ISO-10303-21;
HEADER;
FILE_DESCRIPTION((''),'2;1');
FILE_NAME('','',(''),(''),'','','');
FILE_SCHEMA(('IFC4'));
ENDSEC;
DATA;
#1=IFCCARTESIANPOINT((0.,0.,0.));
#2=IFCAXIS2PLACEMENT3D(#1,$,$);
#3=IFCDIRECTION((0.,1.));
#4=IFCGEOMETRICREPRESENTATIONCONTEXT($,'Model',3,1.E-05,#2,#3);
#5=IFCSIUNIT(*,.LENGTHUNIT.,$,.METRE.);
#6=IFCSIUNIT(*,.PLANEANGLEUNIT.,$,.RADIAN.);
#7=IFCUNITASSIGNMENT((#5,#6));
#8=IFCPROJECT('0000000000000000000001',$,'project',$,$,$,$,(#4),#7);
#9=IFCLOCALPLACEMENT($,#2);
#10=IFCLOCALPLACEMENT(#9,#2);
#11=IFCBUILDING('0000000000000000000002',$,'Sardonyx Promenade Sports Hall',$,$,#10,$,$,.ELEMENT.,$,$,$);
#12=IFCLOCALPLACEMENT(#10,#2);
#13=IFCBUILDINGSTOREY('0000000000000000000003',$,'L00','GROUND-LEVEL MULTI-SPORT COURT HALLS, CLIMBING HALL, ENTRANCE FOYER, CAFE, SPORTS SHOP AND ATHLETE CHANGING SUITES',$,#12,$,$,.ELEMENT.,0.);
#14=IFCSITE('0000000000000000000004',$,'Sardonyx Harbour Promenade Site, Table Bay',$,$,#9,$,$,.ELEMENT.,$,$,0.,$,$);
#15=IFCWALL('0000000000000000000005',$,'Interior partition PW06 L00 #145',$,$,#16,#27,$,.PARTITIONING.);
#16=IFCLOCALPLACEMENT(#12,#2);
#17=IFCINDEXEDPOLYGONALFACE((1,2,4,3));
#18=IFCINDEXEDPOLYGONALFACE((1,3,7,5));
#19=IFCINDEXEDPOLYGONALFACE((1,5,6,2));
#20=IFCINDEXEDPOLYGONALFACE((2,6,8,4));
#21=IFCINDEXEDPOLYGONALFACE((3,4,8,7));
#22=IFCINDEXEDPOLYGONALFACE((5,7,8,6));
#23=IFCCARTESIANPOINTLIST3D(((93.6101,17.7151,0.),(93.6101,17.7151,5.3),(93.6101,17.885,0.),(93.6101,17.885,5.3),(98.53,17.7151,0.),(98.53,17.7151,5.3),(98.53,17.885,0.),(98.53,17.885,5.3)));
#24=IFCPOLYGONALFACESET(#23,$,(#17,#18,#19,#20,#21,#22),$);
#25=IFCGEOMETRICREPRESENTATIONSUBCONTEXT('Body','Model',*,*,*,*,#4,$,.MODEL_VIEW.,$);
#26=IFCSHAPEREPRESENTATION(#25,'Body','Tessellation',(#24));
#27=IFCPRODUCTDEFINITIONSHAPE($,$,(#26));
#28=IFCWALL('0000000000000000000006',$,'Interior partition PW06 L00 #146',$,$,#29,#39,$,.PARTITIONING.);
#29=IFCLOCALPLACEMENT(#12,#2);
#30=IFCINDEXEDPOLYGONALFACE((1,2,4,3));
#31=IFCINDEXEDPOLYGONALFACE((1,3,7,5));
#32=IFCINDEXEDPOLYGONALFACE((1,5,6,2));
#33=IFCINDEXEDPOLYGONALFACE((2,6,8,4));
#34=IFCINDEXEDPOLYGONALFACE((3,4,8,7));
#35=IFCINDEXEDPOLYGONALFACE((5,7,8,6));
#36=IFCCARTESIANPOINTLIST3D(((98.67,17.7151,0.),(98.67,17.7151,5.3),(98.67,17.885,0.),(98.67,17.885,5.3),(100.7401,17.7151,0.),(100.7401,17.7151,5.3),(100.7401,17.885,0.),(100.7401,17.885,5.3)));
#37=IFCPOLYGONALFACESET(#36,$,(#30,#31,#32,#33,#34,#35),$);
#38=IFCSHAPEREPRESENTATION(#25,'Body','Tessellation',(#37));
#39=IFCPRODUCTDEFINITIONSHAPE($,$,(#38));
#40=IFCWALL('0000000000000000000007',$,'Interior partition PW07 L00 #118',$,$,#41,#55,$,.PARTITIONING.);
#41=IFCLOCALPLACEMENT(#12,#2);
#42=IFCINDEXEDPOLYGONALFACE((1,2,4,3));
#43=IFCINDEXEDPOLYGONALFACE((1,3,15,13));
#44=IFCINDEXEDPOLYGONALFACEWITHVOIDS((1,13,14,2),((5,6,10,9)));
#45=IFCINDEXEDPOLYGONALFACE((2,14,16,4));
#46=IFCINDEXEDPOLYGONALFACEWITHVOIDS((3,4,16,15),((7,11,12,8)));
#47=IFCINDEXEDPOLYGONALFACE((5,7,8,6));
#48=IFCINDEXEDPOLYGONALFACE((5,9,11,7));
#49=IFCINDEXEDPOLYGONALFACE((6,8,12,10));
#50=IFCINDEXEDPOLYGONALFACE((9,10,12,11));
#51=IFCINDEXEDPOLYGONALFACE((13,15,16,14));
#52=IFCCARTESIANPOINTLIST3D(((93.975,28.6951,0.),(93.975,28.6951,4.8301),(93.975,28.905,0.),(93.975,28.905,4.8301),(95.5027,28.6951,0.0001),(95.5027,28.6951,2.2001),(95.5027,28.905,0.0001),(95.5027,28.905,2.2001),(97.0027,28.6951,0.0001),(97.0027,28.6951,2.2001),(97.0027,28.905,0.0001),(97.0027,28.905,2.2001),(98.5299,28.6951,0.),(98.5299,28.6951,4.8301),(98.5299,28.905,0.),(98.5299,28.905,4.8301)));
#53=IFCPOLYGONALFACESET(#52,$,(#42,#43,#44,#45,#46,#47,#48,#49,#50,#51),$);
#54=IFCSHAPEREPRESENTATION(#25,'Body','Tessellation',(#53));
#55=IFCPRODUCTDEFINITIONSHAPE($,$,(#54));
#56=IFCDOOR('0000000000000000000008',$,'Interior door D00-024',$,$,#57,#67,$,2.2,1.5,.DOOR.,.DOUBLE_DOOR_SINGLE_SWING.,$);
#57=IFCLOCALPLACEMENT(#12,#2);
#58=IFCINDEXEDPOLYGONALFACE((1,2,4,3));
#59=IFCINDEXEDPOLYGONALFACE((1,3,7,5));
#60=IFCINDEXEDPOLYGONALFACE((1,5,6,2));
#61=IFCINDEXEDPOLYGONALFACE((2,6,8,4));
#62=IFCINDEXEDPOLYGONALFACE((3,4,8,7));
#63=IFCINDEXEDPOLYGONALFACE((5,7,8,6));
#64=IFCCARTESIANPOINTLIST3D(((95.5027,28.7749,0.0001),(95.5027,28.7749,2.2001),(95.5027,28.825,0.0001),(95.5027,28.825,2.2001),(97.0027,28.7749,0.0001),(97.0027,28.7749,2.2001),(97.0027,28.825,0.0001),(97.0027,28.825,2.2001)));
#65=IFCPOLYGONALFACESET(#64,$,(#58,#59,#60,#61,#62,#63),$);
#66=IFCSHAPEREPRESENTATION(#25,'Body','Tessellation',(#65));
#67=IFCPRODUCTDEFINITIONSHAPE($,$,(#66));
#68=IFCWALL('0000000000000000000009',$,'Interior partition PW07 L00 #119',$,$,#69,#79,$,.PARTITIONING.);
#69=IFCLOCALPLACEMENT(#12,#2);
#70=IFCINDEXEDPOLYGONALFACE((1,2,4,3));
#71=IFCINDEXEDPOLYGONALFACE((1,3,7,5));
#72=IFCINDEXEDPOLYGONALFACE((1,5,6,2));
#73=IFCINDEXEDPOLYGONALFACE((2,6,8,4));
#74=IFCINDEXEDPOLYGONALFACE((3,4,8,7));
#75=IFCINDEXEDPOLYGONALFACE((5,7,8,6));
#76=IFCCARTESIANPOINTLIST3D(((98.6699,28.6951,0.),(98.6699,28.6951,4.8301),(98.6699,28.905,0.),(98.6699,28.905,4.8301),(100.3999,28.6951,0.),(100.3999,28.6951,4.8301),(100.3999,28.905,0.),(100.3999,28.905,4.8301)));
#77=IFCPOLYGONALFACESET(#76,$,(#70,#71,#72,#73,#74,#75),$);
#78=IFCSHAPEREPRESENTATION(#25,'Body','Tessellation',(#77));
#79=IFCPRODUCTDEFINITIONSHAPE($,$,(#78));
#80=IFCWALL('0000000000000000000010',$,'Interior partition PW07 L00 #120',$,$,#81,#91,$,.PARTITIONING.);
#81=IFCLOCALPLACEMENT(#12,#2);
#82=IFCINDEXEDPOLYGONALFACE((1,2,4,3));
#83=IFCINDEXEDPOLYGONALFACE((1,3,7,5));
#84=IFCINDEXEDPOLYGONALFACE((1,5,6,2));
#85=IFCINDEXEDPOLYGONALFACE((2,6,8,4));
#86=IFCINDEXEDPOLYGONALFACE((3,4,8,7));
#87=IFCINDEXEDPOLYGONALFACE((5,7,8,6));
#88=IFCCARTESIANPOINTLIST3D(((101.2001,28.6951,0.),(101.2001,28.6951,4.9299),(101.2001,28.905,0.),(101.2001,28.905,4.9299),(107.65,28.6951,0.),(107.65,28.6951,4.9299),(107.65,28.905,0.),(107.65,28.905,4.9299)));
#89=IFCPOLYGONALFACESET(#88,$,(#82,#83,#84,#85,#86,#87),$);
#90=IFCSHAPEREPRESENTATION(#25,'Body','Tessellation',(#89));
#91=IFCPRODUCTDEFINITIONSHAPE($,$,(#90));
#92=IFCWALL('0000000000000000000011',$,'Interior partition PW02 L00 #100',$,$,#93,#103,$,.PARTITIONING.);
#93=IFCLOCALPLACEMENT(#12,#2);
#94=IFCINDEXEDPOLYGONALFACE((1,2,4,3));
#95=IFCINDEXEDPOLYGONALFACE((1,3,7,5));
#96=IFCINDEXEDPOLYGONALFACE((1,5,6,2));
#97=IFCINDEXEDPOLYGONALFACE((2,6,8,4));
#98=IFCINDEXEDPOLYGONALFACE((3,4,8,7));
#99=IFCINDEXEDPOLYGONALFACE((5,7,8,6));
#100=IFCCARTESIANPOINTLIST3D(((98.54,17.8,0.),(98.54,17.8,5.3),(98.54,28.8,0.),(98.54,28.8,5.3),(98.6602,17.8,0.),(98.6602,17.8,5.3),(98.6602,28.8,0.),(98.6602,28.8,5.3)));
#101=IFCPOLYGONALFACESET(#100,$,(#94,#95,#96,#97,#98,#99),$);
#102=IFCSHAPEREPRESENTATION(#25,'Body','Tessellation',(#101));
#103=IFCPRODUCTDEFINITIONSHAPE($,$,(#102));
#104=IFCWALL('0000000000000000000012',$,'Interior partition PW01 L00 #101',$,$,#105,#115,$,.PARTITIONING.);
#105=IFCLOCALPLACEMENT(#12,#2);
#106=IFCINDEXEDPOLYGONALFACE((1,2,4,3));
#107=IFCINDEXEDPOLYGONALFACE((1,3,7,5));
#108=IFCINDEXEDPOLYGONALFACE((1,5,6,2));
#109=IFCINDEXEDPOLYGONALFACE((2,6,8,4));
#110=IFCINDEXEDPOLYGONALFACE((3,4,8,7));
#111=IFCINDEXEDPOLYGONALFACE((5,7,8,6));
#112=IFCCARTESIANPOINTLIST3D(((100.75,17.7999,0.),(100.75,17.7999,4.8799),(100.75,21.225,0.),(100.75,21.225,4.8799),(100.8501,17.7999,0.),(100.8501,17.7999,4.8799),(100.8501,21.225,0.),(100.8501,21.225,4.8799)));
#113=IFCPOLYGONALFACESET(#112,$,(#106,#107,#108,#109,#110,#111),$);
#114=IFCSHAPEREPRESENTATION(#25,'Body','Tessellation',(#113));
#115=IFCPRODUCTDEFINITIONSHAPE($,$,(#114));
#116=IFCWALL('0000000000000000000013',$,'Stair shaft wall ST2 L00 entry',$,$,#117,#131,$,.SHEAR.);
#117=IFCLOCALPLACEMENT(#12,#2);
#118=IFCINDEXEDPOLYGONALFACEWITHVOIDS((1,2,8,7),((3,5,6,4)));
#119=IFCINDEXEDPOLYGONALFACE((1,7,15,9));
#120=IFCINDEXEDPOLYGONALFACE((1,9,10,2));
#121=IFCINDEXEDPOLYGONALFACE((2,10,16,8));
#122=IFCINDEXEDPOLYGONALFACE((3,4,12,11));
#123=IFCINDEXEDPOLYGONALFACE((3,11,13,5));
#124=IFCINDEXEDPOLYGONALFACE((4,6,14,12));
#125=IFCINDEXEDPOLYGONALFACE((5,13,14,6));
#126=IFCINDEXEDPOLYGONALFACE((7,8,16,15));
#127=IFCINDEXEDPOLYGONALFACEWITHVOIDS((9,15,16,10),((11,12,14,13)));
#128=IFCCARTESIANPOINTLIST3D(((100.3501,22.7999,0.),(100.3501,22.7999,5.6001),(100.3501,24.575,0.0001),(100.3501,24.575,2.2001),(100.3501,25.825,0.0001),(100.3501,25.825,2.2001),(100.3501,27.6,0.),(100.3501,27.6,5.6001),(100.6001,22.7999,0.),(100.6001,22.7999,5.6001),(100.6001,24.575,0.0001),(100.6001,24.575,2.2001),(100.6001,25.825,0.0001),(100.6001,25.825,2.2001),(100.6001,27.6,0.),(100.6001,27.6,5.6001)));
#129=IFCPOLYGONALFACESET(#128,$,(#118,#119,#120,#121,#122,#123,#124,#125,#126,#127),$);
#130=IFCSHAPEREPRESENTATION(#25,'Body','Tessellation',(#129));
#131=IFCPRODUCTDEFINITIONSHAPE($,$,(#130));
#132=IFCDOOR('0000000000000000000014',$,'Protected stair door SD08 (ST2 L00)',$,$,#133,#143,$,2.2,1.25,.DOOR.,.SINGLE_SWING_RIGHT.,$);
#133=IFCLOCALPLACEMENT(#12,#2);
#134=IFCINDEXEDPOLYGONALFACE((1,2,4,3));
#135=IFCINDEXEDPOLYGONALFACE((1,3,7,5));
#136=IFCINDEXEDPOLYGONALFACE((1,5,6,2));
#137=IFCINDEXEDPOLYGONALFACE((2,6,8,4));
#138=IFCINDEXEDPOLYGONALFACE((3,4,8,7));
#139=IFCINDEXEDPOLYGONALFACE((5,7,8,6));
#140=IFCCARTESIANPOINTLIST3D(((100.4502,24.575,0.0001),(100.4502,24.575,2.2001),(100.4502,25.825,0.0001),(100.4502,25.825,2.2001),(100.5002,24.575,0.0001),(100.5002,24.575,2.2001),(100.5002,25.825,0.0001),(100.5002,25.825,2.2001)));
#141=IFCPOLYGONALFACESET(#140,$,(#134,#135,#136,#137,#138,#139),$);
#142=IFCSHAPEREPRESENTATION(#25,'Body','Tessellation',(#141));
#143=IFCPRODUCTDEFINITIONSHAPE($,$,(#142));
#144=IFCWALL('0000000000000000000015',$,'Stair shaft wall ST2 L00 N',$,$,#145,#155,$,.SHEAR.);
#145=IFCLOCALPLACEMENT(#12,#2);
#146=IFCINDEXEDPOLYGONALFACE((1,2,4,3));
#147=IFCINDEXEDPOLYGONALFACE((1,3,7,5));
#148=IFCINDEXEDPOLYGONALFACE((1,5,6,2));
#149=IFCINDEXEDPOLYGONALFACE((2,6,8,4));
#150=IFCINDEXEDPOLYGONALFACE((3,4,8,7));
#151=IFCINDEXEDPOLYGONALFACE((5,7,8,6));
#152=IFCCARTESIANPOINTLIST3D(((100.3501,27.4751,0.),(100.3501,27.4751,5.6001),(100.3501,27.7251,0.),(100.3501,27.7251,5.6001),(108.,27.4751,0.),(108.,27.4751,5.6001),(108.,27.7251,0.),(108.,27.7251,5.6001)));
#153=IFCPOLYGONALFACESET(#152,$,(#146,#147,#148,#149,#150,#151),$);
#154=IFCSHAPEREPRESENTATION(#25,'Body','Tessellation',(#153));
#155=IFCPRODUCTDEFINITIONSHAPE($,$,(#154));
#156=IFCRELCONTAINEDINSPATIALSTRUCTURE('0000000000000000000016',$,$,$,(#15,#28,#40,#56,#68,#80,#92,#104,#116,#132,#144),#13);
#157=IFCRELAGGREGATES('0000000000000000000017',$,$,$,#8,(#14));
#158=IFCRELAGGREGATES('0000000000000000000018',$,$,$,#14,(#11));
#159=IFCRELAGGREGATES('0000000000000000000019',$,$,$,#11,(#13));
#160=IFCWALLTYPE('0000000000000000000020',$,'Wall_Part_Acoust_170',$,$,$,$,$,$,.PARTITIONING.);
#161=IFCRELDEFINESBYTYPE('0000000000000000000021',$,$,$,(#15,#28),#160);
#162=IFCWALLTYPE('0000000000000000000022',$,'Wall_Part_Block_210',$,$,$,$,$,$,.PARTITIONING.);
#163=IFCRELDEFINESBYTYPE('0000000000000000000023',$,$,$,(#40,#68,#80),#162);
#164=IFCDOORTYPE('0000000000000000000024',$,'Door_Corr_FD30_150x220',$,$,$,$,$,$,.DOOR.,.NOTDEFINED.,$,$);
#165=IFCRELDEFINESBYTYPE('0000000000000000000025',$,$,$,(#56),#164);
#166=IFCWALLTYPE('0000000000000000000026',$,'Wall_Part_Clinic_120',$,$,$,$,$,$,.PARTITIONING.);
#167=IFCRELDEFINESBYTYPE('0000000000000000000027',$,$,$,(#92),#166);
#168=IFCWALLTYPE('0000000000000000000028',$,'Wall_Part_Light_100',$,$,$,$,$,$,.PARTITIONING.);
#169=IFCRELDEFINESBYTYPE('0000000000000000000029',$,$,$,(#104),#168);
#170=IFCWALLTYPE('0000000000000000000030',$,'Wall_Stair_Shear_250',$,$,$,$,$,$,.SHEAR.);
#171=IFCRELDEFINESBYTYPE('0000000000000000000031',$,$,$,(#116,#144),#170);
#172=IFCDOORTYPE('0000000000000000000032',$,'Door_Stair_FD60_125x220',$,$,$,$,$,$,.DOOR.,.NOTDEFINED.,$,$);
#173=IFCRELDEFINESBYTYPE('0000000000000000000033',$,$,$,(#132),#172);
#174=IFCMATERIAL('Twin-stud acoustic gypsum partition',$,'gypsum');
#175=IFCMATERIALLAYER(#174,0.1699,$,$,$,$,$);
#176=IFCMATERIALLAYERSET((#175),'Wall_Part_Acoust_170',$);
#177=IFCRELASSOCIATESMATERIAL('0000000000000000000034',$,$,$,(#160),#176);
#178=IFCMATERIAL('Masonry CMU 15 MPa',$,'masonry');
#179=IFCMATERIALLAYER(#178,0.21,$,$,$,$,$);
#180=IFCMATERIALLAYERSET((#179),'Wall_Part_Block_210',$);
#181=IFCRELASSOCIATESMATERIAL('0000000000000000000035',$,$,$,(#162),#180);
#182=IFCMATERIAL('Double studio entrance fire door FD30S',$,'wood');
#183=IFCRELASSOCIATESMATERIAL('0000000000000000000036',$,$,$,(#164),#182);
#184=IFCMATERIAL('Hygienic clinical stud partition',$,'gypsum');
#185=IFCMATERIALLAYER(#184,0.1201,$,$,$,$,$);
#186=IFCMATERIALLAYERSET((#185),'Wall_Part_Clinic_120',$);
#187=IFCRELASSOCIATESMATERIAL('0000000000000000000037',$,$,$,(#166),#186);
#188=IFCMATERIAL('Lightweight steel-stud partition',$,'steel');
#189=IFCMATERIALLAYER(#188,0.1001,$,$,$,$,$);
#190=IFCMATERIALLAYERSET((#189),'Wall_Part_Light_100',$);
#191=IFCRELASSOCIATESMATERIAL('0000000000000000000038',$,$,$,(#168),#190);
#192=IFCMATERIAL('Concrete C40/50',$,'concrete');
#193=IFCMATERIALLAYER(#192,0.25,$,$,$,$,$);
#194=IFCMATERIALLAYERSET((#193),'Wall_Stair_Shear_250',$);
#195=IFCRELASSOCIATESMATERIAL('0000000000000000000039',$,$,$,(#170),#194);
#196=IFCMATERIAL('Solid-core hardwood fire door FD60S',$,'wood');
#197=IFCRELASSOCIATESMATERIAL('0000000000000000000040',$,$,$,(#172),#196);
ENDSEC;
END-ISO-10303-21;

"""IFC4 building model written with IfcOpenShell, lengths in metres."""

from ifc_helpers import new_model, si_unit, direction, frame, frame_2d, origin, place, context, subcontext, project, spatial, rectangle, extrude, material, layer, layer_set, type_object, element, fill, save


model = new_model("IFC4")

# Units and contexts
model_context = context("Model", 3, precision=1e-05, world=origin(), true_north=direction((0.0, 1.0)))
body_context = subcontext(model_context, "Body", "Model", "MODEL_VIEW")
ifc_project = project(units=[si_unit("LENGTHUNIT", "METRE"), si_unit("PLANEANGLEUNIT", "RADIAN")], contexts=[model_context])

# Site, building, storey
site_placement = place(None, origin())
site = spatial("IfcSite", under=ifc_project, at=site_placement, Name="Sardonyx Harbour Promenade Site, Table Bay", CompositionType="ELEMENT", RefElevation=0.0)
building_placement = place(site_placement, origin())
building = spatial("IfcBuilding", under=site, at=building_placement, Name="Sardonyx Promenade Sports Hall", CompositionType="ELEMENT")
storey_placement = place(building_placement, origin())
storey = spatial("IfcBuildingStorey", under=building, at=storey_placement, Name="L00", Description="GROUND-LEVEL MULTI-SPORT COURT HALLS, CLIMBING HALL, ENTRANCE FOYER, CAFE, SPORTS SHOP AND ATHLETE CHANGING SUITES", CompositionType="ELEMENT", Elevation=0.0)

# Walls
ifc_material_1 = material(Name="Twin-stud acoustic gypsum partition", Category="gypsum")
ifc_layer_1 = layer(ifc_material_1, 0.1699)
ifc_layer_set_1 = layer_set([ifc_layer_1], Name="Wall_Part_Acoust_170")
wall_type_1 = type_object("IfcWallType", Name="Wall_Part_Acoust_170", PredefinedType="PARTITIONING", material=ifc_layer_set_1)
wall_1_placement = place(storey_placement, frame((93.6101, 17.8, 0.0), z_axis=(0.0, 0.0, 1.0), x_axis=(1.0, 0.0, 0.0)))
element("IfcWall", 1, at=wall_1_placement, inside=storey, type_object=wall_type_1, Name="Interior partition PW06 L00 #145", PredefinedType="PARTITIONING", context=body_context, shape_type="SweptSolid", body=[
    extrude(rectangle(XDim=4.9199, YDim=0.1699, at=frame_2d((2.46, 0.0))), origin(), (0.0, 0.0, 1.0), 5.3),
])
wall_2_placement = place(storey_placement, frame((98.6699, 17.8, 0.0), z_axis=(0.0, 0.0, 1.0), x_axis=(1.0, 0.0, 0.0)))
element("IfcWall", 2, at=wall_2_placement, inside=storey, type_object=wall_type_1, Name="Interior partition PW06 L00 #146", PredefinedType="PARTITIONING", context=body_context, shape_type="SweptSolid", body=[
    extrude(rectangle(XDim=2.0701, YDim=0.1699, at=frame_2d((1.0352, 0.0))), origin(), (0.0, 0.0, 1.0), 5.3),
])

# Wall, opening, door
ifc_material_2 = material(Name="Masonry CMU 15 MPa", Category="masonry")
ifc_layer_2 = layer(ifc_material_2, 0.21)
ifc_layer_set_2 = layer_set([ifc_layer_2], Name="Wall_Part_Block_210")
wall_type_2 = type_object("IfcWallType", Name="Wall_Part_Block_210", PredefinedType="PARTITIONING", material=ifc_layer_set_2)
wall_3_placement = place(storey_placement, frame((93.9751, 28.8, 0.0), z_axis=(0.0, 0.0, 1.0), x_axis=(1.0, 0.0, 0.0)))
wall_3 = element("IfcWall", 3, at=wall_3_placement, inside=storey, type_object=wall_type_2, Name="Interior partition PW07 L00 #118", PredefinedType="PARTITIONING", context=body_context, shape_type="SweptSolid", body=[
    extrude(rectangle(XDim=4.5549, YDim=0.21, at=frame_2d((2.2773, 0.0))), origin(), (0.0, 0.0, 1.0), 4.8301),
])
opening_1_placement = place(wall_3_placement, frame((1.5276, 0.0, 0.0)))
opening_1 = element("IfcOpeningElement", 4, at=opening_1_placement, cuts=wall_3, PredefinedType="OPENING", context=body_context, shape_type="SweptSolid", body=[
    extrude(rectangle(XDim=1.5, YDim=2.2, at=frame_2d((0.75, 1.1001))), frame((0.0, 0.115, 0.0), z_axis=(0.0, -1.0, 0.0), x_axis=(1.0, 0.0, 0.0)), (0.0, 0.0, 1.0), 0.23),
])
ifc_material_3 = material(Name="Double studio entrance fire door FD30S", Category="wood")
door_type_1 = type_object("IfcDoorType", Name="Door_Corr_FD30_150x220", OperationType="NOTDEFINED", PredefinedType="DOOR", material=ifc_material_3)
door_1_placement = place(opening_1_placement, origin())
door_1 = element("IfcDoor", 5, at=door_1_placement, inside=storey, type_object=door_type_1, Name="Interior door D00-024", OperationType="DOUBLE_DOOR_SINGLE_SWING", OverallHeight=2.2, OverallWidth=1.5, PredefinedType="DOOR", context=body_context, shape_type="SweptSolid", body=[
    extrude(rectangle(XDim=1.5, YDim=2.2, at=frame_2d((0.75, 1.1001))), frame((0.0, 0.0249, 0.0), z_axis=(0.0, -1.0, 0.0), x_axis=(1.0, 0.0, 0.0)), (0.0, 0.0, 1.0), 0.05),
])
fill(opening_1, door_1)

# Walls
wall_4_placement = place(storey_placement, frame((98.6699, 28.8, 0.0), z_axis=(0.0, 0.0, 1.0), x_axis=(1.0, 0.0, 0.0)))
element("IfcWall", 6, at=wall_4_placement, inside=storey, type_object=wall_type_2, Name="Interior partition PW07 L00 #119", PredefinedType="PARTITIONING", context=body_context, shape_type="SweptSolid", body=[
    extrude(rectangle(XDim=1.73, YDim=0.21, at=frame_2d((0.865, 0.0))), origin(), (0.0, 0.0, 1.0), 4.8301),
])
wall_5_placement = place(storey_placement, frame((101.2, 28.8, 0.0), z_axis=(0.0, 0.0, 1.0), x_axis=(1.0, 0.0, 0.0)))
element("IfcWall", 7, at=wall_5_placement, inside=storey, type_object=wall_type_2, Name="Interior partition PW07 L00 #120", PredefinedType="PARTITIONING", context=body_context, shape_type="SweptSolid", body=[
    extrude(rectangle(XDim=6.45, YDim=0.21, at=frame_2d((3.2251, 0.0))), origin(), (0.0, 0.0, 1.0), 4.9299),
])
ifc_material_4 = material(Name="Hygienic clinical stud partition", Category="gypsum")
ifc_layer_3 = layer(ifc_material_4, 0.1201)
ifc_layer_set_3 = layer_set([ifc_layer_3], Name="Wall_Part_Clinic_120")
wall_type_3 = type_object("IfcWallType", Name="Wall_Part_Clinic_120", PredefinedType="PARTITIONING", material=ifc_layer_set_3)
wall_6_placement = place(storey_placement, frame((98.6001, 17.8, 0.0), z_axis=(0.0, 0.0, 1.0), x_axis=(0.0, 1.0, 0.0)))
element("IfcWall", 8, at=wall_6_placement, inside=storey, type_object=wall_type_3, Name="Interior partition PW02 L00 #100", PredefinedType="PARTITIONING", context=body_context, shape_type="SweptSolid", body=[
    extrude(rectangle(XDim=11.0, YDim=0.1201, at=frame_2d((5.5, 0.0))), origin(), (0.0, 0.0, 1.0), 5.3),
])
ifc_material_5 = material(Name="Lightweight steel-stud partition", Category="steel")
ifc_layer_4 = layer(ifc_material_5, 0.1001)
ifc_layer_set_4 = layer_set([ifc_layer_4], Name="Wall_Part_Light_100")
wall_type_4 = type_object("IfcWallType", Name="Wall_Part_Light_100", PredefinedType="PARTITIONING", material=ifc_layer_set_4)
wall_7_placement = place(storey_placement, frame((100.8, 17.8, 0.0), z_axis=(0.0, 0.0, 1.0), x_axis=(0.0, 1.0, 0.0)))
element("IfcWall", 9, at=wall_7_placement, inside=storey, type_object=wall_type_4, Name="Interior partition PW01 L00 #101", PredefinedType="PARTITIONING", context=body_context, shape_type="SweptSolid", body=[
    extrude(rectangle(XDim=3.425, YDim=0.1001, at=frame_2d((1.7124, 0.0))), origin(), (0.0, 0.0, 1.0), 4.8799),
])

# Wall, opening, door
ifc_material_6 = material(Name="Concrete C40/50", Category="concrete")
ifc_layer_5 = layer(ifc_material_6, 0.25)
ifc_layer_set_5 = layer_set([ifc_layer_5], Name="Wall_Stair_Shear_250")
wall_type_5 = type_object("IfcWallType", Name="Wall_Stair_Shear_250", PredefinedType="SHEAR", material=ifc_layer_set_5)
wall_8_placement = place(storey_placement, frame((100.4751, 22.8, 0.0), z_axis=(0.0, 0.0, 1.0), x_axis=(0.0, 1.0, 0.0)))
wall_8 = element("IfcWall", 10, at=wall_8_placement, inside=storey, type_object=wall_type_5, Name="Stair shaft wall ST2 L00 entry", PredefinedType="SHEAR", context=body_context, shape_type="SweptSolid", body=[
    extrude(rectangle(XDim=4.8, YDim=0.25, at=frame_2d((2.3999, 0.0))), origin(), (0.0, 0.0, 1.0), 5.6001),
])
opening_2_placement = place(wall_8_placement, frame((1.7749, 0.0, 0.0)))
opening_2 = element("IfcOpeningElement", 11, at=opening_2_placement, cuts=wall_8, PredefinedType="OPENING", context=body_context, shape_type="SweptSolid", body=[
    extrude(rectangle(XDim=1.25, YDim=2.2, at=frame_2d((0.625, 1.1001))), frame((0.0, 0.135, 0.0), z_axis=(0.0, -1.0, 0.0), x_axis=(1.0, 0.0, 0.0)), (0.0, 0.0, 1.0), 0.27),
])
ifc_material_7 = material(Name="Solid-core hardwood fire door FD60S", Category="wood")
door_type_2 = type_object("IfcDoorType", Name="Door_Stair_FD60_125x220", OperationType="NOTDEFINED", PredefinedType="DOOR", material=ifc_material_7)
door_2_placement = place(opening_2_placement, origin())
door_2 = element("IfcDoor", 12, at=door_2_placement, inside=storey, type_object=door_type_2, Name="Protected stair door SD08 (ST2 L00)", OperationType="SINGLE_SWING_RIGHT", OverallHeight=2.2, OverallWidth=1.25, PredefinedType="DOOR", context=body_context, shape_type="SweptSolid", body=[
    extrude(rectangle(XDim=1.25, YDim=2.2, at=frame_2d((0.625, 1.1001))), frame((0.0, 0.0249, 0.0), z_axis=(0.0, -1.0, 0.0), x_axis=(1.0, 0.0, 0.0)), (0.0, 0.0, 1.0), 0.05),
])
fill(opening_2, door_2)

# Wall
wall_9_placement = place(storey_placement, frame((100.3501, 27.6001, 0.0), z_axis=(0.0, 0.0, 1.0), x_axis=(1.0, 0.0, 0.0)))
element("IfcWall", 13, at=wall_9_placement, inside=storey, type_object=wall_type_5, Name="Stair shaft wall ST2 L00 N", PredefinedType="SHEAR", context=body_context, shape_type="SweptSolid", body=[
    extrude(rectangle(XDim=7.6499, YDim=0.25, at=frame_2d((3.825, 0.0))), origin(), (0.0, 0.0, 1.0), 5.6001),
])

save(model, "model.ifc")
